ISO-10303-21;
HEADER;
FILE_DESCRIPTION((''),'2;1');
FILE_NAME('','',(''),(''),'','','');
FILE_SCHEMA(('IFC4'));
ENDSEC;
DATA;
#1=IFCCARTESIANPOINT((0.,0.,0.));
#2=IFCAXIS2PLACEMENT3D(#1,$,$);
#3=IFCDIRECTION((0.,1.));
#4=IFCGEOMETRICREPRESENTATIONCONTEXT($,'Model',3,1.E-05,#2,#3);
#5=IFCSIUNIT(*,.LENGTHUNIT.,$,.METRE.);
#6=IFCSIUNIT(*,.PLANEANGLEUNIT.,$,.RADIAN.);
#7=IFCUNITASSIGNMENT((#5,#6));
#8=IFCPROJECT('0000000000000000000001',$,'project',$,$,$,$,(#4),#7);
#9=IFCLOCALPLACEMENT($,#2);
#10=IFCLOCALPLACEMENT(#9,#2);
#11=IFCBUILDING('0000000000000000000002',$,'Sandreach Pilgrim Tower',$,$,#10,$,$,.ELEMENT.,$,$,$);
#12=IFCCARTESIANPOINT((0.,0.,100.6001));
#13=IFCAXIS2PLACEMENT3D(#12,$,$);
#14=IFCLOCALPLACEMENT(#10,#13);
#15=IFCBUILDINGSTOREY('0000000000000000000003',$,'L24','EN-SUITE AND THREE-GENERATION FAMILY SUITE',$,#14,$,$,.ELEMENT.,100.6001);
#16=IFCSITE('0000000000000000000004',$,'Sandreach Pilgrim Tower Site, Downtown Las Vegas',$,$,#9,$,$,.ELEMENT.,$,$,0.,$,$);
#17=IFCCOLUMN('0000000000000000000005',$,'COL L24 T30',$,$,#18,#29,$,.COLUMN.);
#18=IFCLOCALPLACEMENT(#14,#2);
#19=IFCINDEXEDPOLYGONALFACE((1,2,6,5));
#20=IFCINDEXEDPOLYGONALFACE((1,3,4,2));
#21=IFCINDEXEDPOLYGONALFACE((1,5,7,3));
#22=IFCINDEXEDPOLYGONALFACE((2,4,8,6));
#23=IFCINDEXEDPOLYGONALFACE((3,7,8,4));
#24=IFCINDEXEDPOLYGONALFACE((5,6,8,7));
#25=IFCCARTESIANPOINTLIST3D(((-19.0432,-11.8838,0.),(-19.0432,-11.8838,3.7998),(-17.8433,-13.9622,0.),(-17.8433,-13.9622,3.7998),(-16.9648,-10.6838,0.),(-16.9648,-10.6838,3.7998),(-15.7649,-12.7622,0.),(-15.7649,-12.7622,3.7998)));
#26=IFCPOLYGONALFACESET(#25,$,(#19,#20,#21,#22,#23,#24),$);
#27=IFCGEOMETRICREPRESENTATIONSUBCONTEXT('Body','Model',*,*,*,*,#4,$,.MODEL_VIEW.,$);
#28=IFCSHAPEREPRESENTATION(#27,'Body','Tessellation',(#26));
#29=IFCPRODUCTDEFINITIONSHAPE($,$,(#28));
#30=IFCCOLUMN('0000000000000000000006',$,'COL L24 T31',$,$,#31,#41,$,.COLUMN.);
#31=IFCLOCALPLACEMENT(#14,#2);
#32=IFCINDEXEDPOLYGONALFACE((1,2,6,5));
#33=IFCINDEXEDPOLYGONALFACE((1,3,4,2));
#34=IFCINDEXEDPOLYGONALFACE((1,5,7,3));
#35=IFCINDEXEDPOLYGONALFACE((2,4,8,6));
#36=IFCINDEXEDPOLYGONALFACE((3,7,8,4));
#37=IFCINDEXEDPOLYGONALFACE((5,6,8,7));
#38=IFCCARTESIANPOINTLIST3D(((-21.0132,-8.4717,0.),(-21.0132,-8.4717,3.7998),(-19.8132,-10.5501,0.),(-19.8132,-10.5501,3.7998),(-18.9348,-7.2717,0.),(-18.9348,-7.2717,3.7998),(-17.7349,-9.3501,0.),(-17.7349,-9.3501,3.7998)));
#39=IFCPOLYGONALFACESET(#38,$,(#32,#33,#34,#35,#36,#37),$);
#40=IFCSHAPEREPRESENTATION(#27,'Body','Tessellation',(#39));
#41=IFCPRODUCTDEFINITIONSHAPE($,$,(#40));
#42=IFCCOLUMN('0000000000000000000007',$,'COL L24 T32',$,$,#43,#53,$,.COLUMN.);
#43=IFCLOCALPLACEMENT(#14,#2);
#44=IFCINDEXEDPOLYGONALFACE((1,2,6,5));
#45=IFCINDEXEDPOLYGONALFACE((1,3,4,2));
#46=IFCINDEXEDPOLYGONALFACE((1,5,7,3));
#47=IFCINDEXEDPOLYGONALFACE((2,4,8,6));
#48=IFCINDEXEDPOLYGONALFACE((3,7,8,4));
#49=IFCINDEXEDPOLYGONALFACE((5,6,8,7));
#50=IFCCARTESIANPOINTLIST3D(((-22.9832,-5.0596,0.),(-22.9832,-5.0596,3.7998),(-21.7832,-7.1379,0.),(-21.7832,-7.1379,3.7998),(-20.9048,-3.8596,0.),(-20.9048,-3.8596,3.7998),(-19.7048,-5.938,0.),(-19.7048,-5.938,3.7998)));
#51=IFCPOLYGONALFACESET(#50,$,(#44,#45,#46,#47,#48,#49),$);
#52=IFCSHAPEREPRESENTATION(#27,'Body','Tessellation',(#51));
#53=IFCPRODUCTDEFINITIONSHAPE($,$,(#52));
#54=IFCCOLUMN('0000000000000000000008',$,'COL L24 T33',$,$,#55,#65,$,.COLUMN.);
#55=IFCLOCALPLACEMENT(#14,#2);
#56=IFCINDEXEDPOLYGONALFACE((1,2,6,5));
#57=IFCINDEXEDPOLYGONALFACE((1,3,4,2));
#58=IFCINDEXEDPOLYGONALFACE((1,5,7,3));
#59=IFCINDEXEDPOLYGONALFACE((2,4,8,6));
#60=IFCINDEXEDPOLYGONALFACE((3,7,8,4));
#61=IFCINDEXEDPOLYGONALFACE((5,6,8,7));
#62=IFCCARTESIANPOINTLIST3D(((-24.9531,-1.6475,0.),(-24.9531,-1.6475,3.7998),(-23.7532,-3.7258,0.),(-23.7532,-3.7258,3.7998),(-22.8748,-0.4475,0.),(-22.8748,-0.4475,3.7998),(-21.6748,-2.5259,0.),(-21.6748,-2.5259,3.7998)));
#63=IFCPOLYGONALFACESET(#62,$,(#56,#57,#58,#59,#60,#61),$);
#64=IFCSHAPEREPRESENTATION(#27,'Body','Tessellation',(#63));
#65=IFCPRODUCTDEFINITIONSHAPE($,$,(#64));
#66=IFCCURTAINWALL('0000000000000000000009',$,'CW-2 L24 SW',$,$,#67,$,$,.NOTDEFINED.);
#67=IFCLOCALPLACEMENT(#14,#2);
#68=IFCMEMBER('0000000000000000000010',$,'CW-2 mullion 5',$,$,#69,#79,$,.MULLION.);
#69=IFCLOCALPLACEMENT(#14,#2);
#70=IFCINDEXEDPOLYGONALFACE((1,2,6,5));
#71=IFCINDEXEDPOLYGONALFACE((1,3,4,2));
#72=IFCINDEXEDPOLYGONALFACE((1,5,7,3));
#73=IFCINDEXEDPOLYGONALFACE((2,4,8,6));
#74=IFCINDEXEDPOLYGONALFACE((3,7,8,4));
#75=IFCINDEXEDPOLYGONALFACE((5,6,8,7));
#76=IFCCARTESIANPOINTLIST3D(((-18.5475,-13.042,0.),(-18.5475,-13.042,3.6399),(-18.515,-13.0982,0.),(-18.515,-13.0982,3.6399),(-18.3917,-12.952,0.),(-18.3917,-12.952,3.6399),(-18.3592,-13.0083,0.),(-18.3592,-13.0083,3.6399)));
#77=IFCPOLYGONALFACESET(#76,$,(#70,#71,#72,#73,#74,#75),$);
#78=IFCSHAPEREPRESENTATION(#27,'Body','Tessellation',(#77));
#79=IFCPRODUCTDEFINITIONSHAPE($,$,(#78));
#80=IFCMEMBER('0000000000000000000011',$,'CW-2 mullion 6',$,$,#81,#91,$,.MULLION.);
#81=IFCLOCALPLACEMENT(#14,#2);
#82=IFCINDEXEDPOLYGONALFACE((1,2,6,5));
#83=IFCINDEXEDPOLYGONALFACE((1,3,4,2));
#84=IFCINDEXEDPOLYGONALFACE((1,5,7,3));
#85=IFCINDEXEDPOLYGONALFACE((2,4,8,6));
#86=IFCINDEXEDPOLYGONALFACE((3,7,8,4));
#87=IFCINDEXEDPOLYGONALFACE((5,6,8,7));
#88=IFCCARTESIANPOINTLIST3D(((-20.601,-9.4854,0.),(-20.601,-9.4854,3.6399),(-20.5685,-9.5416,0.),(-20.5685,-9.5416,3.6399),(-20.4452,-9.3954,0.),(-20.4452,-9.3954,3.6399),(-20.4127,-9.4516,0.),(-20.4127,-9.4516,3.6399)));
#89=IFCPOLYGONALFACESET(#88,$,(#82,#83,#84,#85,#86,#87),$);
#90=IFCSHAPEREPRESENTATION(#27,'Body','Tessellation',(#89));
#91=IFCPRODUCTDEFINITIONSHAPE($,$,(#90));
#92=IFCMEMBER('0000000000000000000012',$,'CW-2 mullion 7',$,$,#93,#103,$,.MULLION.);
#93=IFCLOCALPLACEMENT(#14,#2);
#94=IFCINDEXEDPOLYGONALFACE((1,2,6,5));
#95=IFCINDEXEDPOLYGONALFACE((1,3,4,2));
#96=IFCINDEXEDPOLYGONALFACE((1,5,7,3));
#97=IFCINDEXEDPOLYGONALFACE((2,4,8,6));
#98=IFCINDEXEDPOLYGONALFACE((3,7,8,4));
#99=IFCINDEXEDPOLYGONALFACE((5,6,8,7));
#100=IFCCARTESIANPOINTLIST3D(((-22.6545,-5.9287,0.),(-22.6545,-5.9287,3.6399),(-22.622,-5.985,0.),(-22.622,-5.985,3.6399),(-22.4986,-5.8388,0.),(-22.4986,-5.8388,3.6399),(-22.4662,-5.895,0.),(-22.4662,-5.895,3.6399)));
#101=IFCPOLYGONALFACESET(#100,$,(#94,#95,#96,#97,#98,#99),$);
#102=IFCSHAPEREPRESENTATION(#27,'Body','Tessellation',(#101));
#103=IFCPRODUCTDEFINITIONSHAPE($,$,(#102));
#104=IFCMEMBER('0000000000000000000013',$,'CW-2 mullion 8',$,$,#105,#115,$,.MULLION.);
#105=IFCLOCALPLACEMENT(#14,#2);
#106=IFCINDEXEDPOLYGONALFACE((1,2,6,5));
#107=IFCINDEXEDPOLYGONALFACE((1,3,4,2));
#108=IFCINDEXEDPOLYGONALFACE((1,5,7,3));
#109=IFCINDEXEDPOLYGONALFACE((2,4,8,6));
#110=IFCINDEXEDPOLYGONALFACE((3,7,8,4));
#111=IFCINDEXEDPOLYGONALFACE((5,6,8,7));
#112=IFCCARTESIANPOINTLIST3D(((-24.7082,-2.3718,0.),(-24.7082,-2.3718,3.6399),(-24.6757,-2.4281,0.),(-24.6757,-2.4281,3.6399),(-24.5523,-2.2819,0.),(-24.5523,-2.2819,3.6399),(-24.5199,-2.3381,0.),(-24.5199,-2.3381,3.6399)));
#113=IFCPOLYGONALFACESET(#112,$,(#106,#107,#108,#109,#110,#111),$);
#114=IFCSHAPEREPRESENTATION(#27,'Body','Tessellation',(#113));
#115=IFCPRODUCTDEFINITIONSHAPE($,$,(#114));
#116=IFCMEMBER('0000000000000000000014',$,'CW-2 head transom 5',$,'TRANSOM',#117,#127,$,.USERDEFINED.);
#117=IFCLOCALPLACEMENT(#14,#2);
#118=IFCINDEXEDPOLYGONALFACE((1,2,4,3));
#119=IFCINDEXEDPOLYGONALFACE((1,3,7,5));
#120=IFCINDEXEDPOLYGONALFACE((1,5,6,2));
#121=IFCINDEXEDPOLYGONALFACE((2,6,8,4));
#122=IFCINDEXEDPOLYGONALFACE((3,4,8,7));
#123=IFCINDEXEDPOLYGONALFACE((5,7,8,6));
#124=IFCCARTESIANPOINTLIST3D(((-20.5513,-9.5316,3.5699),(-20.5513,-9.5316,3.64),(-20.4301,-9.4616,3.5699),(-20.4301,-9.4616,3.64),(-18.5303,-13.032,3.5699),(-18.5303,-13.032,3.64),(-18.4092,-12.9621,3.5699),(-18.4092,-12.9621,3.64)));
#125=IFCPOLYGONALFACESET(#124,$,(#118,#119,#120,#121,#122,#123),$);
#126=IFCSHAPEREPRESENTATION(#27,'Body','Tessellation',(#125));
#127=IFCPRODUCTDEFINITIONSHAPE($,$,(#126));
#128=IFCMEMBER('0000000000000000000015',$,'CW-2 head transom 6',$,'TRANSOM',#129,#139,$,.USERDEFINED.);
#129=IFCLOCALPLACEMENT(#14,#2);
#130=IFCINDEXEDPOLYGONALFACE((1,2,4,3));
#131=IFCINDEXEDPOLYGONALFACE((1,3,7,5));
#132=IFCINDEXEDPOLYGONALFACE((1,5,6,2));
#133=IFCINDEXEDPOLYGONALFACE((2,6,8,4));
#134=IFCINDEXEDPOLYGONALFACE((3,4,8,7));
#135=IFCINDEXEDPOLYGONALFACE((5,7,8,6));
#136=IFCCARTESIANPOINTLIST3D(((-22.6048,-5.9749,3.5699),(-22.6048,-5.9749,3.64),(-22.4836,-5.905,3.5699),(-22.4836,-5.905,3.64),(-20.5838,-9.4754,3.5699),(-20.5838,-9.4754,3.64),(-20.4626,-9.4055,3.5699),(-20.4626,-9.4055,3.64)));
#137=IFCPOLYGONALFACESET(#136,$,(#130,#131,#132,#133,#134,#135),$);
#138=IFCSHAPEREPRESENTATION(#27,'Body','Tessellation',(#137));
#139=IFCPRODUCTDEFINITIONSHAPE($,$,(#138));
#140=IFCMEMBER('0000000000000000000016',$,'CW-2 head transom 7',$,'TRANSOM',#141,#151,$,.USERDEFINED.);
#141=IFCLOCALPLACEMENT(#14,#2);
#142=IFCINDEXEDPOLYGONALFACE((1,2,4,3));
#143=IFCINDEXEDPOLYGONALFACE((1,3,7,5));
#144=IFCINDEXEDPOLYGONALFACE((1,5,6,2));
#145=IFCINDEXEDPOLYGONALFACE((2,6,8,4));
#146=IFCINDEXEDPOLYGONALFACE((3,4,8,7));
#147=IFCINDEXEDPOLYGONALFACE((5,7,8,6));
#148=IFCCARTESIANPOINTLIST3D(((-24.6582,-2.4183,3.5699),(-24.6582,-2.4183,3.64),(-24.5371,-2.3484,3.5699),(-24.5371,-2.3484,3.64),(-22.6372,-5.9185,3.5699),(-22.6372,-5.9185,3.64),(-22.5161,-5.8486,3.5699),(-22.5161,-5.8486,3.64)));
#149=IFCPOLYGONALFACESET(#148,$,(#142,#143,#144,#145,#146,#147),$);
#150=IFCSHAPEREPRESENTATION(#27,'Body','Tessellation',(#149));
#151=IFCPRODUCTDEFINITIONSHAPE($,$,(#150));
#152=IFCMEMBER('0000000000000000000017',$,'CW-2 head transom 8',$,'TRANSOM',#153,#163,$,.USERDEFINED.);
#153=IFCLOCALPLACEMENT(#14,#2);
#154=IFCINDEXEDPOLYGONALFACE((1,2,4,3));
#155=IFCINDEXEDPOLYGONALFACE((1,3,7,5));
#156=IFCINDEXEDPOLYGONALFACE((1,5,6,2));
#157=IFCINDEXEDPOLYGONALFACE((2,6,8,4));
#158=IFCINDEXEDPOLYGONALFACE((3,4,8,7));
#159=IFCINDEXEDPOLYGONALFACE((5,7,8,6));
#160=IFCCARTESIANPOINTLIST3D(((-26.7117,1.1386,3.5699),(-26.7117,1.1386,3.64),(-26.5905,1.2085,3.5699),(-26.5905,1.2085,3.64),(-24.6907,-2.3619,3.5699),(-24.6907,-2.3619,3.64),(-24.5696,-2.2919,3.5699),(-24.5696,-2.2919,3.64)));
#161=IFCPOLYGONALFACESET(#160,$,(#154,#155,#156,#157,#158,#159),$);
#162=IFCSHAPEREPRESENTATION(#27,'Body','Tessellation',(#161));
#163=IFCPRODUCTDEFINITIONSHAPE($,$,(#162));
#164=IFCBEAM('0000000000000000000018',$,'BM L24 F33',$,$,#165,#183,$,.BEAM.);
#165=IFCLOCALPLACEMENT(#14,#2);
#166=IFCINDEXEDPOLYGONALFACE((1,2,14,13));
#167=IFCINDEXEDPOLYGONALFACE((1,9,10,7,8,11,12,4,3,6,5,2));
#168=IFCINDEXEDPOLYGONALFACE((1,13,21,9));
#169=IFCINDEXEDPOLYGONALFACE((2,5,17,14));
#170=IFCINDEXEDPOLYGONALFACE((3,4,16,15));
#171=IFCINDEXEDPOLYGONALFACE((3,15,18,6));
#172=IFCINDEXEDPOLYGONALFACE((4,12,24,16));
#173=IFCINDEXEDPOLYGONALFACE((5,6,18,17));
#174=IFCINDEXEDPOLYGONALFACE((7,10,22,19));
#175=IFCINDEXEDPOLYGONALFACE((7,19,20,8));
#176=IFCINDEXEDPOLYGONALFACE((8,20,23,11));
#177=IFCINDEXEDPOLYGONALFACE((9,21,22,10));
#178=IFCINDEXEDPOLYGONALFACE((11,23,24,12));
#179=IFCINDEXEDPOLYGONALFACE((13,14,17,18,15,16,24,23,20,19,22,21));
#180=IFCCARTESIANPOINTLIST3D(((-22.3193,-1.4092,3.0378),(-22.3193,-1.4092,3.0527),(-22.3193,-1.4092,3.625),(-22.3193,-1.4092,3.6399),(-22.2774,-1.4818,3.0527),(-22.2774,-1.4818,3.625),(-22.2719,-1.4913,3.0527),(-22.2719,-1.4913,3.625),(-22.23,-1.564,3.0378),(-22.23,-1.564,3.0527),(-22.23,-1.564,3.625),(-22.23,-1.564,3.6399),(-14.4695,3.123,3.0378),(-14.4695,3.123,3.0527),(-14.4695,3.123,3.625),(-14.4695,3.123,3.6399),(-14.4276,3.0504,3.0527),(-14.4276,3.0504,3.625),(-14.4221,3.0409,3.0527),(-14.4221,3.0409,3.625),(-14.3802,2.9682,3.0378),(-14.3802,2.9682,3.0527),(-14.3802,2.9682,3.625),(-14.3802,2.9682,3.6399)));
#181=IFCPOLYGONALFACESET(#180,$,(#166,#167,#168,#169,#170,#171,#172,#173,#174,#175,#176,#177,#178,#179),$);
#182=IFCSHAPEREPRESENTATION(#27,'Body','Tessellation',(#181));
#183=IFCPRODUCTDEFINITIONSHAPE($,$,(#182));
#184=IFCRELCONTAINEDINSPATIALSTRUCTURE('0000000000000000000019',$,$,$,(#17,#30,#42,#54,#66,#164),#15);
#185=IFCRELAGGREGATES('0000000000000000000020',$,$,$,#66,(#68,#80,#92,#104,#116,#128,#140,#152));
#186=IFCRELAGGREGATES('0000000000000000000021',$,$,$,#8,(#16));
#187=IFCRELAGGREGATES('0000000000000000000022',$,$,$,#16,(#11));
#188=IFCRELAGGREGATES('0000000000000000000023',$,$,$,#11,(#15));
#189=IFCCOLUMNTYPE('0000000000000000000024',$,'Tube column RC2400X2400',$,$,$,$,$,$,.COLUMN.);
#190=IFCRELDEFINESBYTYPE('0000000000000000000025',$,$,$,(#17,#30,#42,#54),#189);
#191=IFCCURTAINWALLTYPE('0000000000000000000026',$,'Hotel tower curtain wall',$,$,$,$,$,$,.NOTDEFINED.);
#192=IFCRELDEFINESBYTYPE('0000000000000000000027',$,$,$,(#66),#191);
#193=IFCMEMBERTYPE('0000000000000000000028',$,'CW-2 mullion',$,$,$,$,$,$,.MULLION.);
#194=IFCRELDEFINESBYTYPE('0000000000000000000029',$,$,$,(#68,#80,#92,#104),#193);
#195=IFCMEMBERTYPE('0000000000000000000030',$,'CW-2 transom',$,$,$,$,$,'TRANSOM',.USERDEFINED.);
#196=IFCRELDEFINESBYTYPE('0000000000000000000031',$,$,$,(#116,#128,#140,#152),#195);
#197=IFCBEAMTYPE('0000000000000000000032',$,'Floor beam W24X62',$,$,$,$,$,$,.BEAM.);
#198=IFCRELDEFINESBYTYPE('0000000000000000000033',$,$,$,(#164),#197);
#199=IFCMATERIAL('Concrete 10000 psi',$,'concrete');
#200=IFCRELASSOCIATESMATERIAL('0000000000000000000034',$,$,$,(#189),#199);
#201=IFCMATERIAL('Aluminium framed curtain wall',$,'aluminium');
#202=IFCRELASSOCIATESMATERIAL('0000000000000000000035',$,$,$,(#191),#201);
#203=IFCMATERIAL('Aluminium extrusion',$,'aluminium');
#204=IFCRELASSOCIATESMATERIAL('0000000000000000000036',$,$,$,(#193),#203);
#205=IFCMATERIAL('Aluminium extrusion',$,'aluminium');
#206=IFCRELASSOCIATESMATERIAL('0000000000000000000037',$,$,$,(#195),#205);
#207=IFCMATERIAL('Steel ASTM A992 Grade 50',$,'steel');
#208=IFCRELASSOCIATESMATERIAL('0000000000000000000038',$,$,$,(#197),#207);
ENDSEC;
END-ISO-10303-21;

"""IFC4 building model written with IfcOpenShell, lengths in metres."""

from ifc_helpers import new_model, si_unit, direction, frame, origin, origin_2d, place, context, subcontext, project, spatial, rectangle, i_section, extrude, material, material_profile, profile_set, type_object, element, aggregate, save


model = new_model("IFC4")

# Units and contexts
model_context = context("Model", 3, precision=1e-05, world=origin(), true_north=direction((0.0, 1.0)))
body_context = subcontext(model_context, "Body", "Model", "MODEL_VIEW")
ifc_project = project(units=[si_unit("LENGTHUNIT", "METRE"), si_unit("PLANEANGLEUNIT", "RADIAN")], contexts=[model_context])

# Site, building, storey
site_placement = place(None, origin())
site = spatial("IfcSite", under=ifc_project, at=site_placement, Name="Sandreach Pilgrim Tower Site, Downtown Las Vegas", CompositionType="ELEMENT", RefElevation=0.0)
building_placement = place(site_placement, origin())
building = spatial("IfcBuilding", under=site, at=building_placement, Name="Sandreach Pilgrim Tower", CompositionType="ELEMENT")
storey_placement = place(building_placement, frame((0.0, 0.0, 100.6001)))
storey = spatial("IfcBuildingStorey", under=building, at=storey_placement, Name="L24", Description="EN-SUITE AND THREE-GENERATION FAMILY SUITE", CompositionType="ELEMENT", Elevation=100.6001)

# Columns
ifc_material_1 = material(Name="Concrete 10000 psi", Category="concrete")
ifc_material_profile_1 = material_profile(ifc_material_1, rectangle(XDim=2.3999, YDim=2.3999, at=origin_2d()), Name="RC2400X2400")
ifc_profile_set_1 = profile_set([ifc_material_profile_1], Name="Concrete 10000 psi")
column_type = type_object("IfcColumnType", Name="Tube column RC2400X2400", PredefinedType="COLUMN", material=ifc_profile_set_1)
for number, where, z_axis, x_axis, name in (
    (1, (-17.4041, -12.323, 0.0), (0.0, 0.0, 1.0), (-0.866025, -0.5, 0.0), "COL L24 T30"),
    (2, (-19.374, -8.9109, 0.0), (0.0, 0.0, 1.0), (-0.866025, -0.5, 0.0), "COL L24 T31"),
    (3, (-21.344, -5.4988, 0.0), (0.0, 0.0, 1.0), (-0.866025, -0.5, 0.0), "COL L24 T32"),
    (4, (-23.314, -2.0867, 0.0), (0.0, 0.0, 1.0), (-0.866025, -0.5, 0.0), "COL L24 T33"),
):
    element("IfcColumn", number, at=place(storey_placement, frame(where, z_axis=z_axis, x_axis=x_axis)), inside=storey, type_object=column_type, Name=name, PredefinedType="COLUMN", context=body_context, shape_type="SweptSolid", body=[
        extrude(rectangle(XDim=2.3999, YDim=2.3999, at=origin_2d()), origin(), (0.0, 0.0, 1.0), 3.7998),
    ])

# Curtain wall, members
ifc_material_2 = material(Name="Aluminium framed curtain wall", Category="aluminium")
curtain_wall_type = type_object("IfcCurtainWallType", Name="Hotel tower curtain wall", PredefinedType="NOTDEFINED", material=ifc_material_2)
curtain_wall_placement = place(storey_placement, origin())
curtain_wall = element("IfcCurtainWall", 5, at=curtain_wall_placement, inside=storey, type_object=curtain_wall_type, Name="CW-2 L24 SW", PredefinedType="NOTDEFINED")
ifc_material_3 = material(Name="Aluminium extrusion", Category="aluminium")
ifc_material_profile_2 = material_profile(ifc_material_3, rectangle(XDim=0.0649, YDim=0.1799, at=origin_2d()), Name="CW-2M 65X180")
ifc_profile_set_2 = profile_set([ifc_material_profile_2], Name="Aluminium extrusion")
member_type_1 = type_object("IfcMemberType", Name="CW-2 mullion", PredefinedType="MULLION", material=ifc_profile_set_2)
member_1_placement = place(storey_placement, frame((-18.4534, -13.0251, 0.0), z_axis=(0.0, 0.0, 1.0), x_axis=(-0.5, 0.866025, 0.0)))
member_1 = element("IfcMember", 6, at=member_1_placement, type_object=member_type_1, Name="CW-2 mullion 5", PredefinedType="MULLION", context=body_context, shape_type="SweptSolid", body=[
    extrude(rectangle(XDim=0.0649, YDim=0.1799, at=origin_2d()), origin(), (0.0, 0.0, 1.0), 3.6399),
])
member_2_placement = place(storey_placement, frame((-20.5068, -9.4685, 0.0), z_axis=(0.0, 0.0, 1.0), x_axis=(-0.5, 0.866025, 0.0)))
member_2 = element("IfcMember", 7, at=member_2_placement, type_object=member_type_1, Name="CW-2 mullion 6", PredefinedType="MULLION", context=body_context, shape_type="SweptSolid", body=[
    extrude(rectangle(XDim=0.0649, YDim=0.1799, at=origin_2d()), origin(), (0.0, 0.0, 1.0), 3.6399),
])
member_3_placement = place(storey_placement, frame((-22.5603, -5.9119, 0.0), z_axis=(0.0, 0.0, 1.0), x_axis=(-0.5, 0.866025, 0.0)))
member_3 = element("IfcMember", 8, at=member_3_placement, type_object=member_type_1, Name="CW-2 mullion 7", PredefinedType="MULLION", context=body_context, shape_type="SweptSolid", body=[
    extrude(rectangle(XDim=0.0649, YDim=0.1799, at=origin_2d()), origin(), (0.0, 0.0, 1.0), 3.6399),
])
member_4_placement = place(storey_placement, frame((-24.614, -2.355, 0.0), z_axis=(0.0, 0.0, 1.0), x_axis=(-0.5, 0.866025, 0.0)))
member_4 = element("IfcMember", 9, at=member_4_placement, type_object=member_type_1, Name="CW-2 mullion 8", PredefinedType="MULLION", context=body_context, shape_type="SweptSolid", body=[
    extrude(rectangle(XDim=0.0649, YDim=0.1799, at=origin_2d()), origin(), (0.0, 0.0, 1.0), 3.6399),
])
ifc_material_4 = material(Name="Aluminium extrusion", Category="aluminium")
ifc_material_profile_3 = material_profile(ifc_material_4, rectangle(XDim=0.1399, YDim=0.0701, at=origin_2d()), Name="CW-2T 140X70")
ifc_profile_set_3 = profile_set([ifc_material_profile_3], Name="Aluminium extrusion")
member_type_2 = type_object("IfcMemberType", Name="CW-2 transom", ElementType="TRANSOM", PredefinedType="USERDEFINED", material=ifc_profile_set_3)
member_5_placement = place(storey_placement, frame((-18.4697, -12.9971, 3.605), z_axis=(-0.499998, 0.866027, 0.0), x_axis=(-0.866027, -0.499998, 0.0)))
member_5 = element("IfcMember", 10, at=member_5_placement, type_object=member_type_2, Name="CW-2 head transom 5", ObjectType="TRANSOM", PredefinedType="USERDEFINED", context=body_context, shape_type="SweptSolid", body=[
    extrude(rectangle(XDim=0.1399, YDim=0.0701, at=origin_2d()), origin(), (0.0, 0.0, 1.0), 4.042),
])
member_6_placement = place(storey_placement, frame((-20.5232, -9.4404, 3.605), z_axis=(-0.499998, 0.866027, 0.0), x_axis=(-0.866027, -0.499998, 0.0)))
member_6 = element("IfcMember", 11, at=member_6_placement, type_object=member_type_2, Name="CW-2 head transom 6", ObjectType="TRANSOM", PredefinedType="USERDEFINED", context=body_context, shape_type="SweptSolid", body=[
    extrude(rectangle(XDim=0.1399, YDim=0.0701, at=origin_2d()), origin(), (0.0, 0.0, 1.0), 4.042),
])
member_7_placement = place(storey_placement, frame((-22.5767, -5.8835, 3.605), z_axis=(-0.500024, 0.866012, 0.0), x_axis=(-0.866012, -0.500024, 0.0)))
member_7 = element("IfcMember", 12, at=member_7_placement, type_object=member_type_2, Name="CW-2 head transom 7", ObjectType="TRANSOM", PredefinedType="USERDEFINED", context=body_context, shape_type="SweptSolid", body=[
    extrude(rectangle(XDim=0.1399, YDim=0.0701, at=origin_2d()), origin(), (0.0, 0.0, 1.0), 4.0417),
])
member_8_placement = place(storey_placement, frame((-24.6301, -2.3269, 3.605), z_axis=(-0.499998, 0.866027, 0.0), x_axis=(-0.866027, -0.499998, 0.0)))
member_8 = element("IfcMember", 13, at=member_8_placement, type_object=member_type_2, Name="CW-2 head transom 8", ObjectType="TRANSOM", PredefinedType="USERDEFINED", context=body_context, shape_type="SweptSolid", body=[
    extrude(rectangle(XDim=0.1399, YDim=0.0701, at=origin_2d()), origin(), (0.0, 0.0, 1.0), 4.042),
])

# Beam
ifc_material_5 = material(Name="Steel ASTM A992 Grade 50", Category="steel")
ifc_material_profile_4 = material_profile(ifc_material_5, i_section(OverallWidth=0.1787, OverallDepth=0.6021, WebThickness=0.011, FlangeThickness=0.0149, at=origin_2d()), Name="W24X62")
ifc_profile_set_4 = profile_set([ifc_material_profile_4], Name="Steel ASTM A992 Grade 50")
beam_type_1 = type_object("IfcBeamType", Name="Floor beam W24X62", PredefinedType="BEAM", material=ifc_profile_set_4)
beam_1_placement = place(storey_placement, frame((-22.2747, -1.4866, 3.3389), z_axis=(0.86602, 0.500009, 0.0), x_axis=(-0.500009, 0.86602, 0.0)))
element("IfcBeam", 14, at=beam_1_placement, inside=storey, type_object=beam_type_1, Name="BM L24 F33", PredefinedType="BEAM", context=body_context, shape_type="SweptSolid", body=[
    extrude(i_section(OverallWidth=0.1787, OverallDepth=0.6021, WebThickness=0.011, FlangeThickness=0.0149, at=origin_2d()), origin(), (0.0, 0.0, 1.0), 9.0642),
])

aggregate(curtain_wall, [member_1, member_2, member_3, member_4, member_5, member_6, member_7, member_8])

save(model, "model.ifc")
